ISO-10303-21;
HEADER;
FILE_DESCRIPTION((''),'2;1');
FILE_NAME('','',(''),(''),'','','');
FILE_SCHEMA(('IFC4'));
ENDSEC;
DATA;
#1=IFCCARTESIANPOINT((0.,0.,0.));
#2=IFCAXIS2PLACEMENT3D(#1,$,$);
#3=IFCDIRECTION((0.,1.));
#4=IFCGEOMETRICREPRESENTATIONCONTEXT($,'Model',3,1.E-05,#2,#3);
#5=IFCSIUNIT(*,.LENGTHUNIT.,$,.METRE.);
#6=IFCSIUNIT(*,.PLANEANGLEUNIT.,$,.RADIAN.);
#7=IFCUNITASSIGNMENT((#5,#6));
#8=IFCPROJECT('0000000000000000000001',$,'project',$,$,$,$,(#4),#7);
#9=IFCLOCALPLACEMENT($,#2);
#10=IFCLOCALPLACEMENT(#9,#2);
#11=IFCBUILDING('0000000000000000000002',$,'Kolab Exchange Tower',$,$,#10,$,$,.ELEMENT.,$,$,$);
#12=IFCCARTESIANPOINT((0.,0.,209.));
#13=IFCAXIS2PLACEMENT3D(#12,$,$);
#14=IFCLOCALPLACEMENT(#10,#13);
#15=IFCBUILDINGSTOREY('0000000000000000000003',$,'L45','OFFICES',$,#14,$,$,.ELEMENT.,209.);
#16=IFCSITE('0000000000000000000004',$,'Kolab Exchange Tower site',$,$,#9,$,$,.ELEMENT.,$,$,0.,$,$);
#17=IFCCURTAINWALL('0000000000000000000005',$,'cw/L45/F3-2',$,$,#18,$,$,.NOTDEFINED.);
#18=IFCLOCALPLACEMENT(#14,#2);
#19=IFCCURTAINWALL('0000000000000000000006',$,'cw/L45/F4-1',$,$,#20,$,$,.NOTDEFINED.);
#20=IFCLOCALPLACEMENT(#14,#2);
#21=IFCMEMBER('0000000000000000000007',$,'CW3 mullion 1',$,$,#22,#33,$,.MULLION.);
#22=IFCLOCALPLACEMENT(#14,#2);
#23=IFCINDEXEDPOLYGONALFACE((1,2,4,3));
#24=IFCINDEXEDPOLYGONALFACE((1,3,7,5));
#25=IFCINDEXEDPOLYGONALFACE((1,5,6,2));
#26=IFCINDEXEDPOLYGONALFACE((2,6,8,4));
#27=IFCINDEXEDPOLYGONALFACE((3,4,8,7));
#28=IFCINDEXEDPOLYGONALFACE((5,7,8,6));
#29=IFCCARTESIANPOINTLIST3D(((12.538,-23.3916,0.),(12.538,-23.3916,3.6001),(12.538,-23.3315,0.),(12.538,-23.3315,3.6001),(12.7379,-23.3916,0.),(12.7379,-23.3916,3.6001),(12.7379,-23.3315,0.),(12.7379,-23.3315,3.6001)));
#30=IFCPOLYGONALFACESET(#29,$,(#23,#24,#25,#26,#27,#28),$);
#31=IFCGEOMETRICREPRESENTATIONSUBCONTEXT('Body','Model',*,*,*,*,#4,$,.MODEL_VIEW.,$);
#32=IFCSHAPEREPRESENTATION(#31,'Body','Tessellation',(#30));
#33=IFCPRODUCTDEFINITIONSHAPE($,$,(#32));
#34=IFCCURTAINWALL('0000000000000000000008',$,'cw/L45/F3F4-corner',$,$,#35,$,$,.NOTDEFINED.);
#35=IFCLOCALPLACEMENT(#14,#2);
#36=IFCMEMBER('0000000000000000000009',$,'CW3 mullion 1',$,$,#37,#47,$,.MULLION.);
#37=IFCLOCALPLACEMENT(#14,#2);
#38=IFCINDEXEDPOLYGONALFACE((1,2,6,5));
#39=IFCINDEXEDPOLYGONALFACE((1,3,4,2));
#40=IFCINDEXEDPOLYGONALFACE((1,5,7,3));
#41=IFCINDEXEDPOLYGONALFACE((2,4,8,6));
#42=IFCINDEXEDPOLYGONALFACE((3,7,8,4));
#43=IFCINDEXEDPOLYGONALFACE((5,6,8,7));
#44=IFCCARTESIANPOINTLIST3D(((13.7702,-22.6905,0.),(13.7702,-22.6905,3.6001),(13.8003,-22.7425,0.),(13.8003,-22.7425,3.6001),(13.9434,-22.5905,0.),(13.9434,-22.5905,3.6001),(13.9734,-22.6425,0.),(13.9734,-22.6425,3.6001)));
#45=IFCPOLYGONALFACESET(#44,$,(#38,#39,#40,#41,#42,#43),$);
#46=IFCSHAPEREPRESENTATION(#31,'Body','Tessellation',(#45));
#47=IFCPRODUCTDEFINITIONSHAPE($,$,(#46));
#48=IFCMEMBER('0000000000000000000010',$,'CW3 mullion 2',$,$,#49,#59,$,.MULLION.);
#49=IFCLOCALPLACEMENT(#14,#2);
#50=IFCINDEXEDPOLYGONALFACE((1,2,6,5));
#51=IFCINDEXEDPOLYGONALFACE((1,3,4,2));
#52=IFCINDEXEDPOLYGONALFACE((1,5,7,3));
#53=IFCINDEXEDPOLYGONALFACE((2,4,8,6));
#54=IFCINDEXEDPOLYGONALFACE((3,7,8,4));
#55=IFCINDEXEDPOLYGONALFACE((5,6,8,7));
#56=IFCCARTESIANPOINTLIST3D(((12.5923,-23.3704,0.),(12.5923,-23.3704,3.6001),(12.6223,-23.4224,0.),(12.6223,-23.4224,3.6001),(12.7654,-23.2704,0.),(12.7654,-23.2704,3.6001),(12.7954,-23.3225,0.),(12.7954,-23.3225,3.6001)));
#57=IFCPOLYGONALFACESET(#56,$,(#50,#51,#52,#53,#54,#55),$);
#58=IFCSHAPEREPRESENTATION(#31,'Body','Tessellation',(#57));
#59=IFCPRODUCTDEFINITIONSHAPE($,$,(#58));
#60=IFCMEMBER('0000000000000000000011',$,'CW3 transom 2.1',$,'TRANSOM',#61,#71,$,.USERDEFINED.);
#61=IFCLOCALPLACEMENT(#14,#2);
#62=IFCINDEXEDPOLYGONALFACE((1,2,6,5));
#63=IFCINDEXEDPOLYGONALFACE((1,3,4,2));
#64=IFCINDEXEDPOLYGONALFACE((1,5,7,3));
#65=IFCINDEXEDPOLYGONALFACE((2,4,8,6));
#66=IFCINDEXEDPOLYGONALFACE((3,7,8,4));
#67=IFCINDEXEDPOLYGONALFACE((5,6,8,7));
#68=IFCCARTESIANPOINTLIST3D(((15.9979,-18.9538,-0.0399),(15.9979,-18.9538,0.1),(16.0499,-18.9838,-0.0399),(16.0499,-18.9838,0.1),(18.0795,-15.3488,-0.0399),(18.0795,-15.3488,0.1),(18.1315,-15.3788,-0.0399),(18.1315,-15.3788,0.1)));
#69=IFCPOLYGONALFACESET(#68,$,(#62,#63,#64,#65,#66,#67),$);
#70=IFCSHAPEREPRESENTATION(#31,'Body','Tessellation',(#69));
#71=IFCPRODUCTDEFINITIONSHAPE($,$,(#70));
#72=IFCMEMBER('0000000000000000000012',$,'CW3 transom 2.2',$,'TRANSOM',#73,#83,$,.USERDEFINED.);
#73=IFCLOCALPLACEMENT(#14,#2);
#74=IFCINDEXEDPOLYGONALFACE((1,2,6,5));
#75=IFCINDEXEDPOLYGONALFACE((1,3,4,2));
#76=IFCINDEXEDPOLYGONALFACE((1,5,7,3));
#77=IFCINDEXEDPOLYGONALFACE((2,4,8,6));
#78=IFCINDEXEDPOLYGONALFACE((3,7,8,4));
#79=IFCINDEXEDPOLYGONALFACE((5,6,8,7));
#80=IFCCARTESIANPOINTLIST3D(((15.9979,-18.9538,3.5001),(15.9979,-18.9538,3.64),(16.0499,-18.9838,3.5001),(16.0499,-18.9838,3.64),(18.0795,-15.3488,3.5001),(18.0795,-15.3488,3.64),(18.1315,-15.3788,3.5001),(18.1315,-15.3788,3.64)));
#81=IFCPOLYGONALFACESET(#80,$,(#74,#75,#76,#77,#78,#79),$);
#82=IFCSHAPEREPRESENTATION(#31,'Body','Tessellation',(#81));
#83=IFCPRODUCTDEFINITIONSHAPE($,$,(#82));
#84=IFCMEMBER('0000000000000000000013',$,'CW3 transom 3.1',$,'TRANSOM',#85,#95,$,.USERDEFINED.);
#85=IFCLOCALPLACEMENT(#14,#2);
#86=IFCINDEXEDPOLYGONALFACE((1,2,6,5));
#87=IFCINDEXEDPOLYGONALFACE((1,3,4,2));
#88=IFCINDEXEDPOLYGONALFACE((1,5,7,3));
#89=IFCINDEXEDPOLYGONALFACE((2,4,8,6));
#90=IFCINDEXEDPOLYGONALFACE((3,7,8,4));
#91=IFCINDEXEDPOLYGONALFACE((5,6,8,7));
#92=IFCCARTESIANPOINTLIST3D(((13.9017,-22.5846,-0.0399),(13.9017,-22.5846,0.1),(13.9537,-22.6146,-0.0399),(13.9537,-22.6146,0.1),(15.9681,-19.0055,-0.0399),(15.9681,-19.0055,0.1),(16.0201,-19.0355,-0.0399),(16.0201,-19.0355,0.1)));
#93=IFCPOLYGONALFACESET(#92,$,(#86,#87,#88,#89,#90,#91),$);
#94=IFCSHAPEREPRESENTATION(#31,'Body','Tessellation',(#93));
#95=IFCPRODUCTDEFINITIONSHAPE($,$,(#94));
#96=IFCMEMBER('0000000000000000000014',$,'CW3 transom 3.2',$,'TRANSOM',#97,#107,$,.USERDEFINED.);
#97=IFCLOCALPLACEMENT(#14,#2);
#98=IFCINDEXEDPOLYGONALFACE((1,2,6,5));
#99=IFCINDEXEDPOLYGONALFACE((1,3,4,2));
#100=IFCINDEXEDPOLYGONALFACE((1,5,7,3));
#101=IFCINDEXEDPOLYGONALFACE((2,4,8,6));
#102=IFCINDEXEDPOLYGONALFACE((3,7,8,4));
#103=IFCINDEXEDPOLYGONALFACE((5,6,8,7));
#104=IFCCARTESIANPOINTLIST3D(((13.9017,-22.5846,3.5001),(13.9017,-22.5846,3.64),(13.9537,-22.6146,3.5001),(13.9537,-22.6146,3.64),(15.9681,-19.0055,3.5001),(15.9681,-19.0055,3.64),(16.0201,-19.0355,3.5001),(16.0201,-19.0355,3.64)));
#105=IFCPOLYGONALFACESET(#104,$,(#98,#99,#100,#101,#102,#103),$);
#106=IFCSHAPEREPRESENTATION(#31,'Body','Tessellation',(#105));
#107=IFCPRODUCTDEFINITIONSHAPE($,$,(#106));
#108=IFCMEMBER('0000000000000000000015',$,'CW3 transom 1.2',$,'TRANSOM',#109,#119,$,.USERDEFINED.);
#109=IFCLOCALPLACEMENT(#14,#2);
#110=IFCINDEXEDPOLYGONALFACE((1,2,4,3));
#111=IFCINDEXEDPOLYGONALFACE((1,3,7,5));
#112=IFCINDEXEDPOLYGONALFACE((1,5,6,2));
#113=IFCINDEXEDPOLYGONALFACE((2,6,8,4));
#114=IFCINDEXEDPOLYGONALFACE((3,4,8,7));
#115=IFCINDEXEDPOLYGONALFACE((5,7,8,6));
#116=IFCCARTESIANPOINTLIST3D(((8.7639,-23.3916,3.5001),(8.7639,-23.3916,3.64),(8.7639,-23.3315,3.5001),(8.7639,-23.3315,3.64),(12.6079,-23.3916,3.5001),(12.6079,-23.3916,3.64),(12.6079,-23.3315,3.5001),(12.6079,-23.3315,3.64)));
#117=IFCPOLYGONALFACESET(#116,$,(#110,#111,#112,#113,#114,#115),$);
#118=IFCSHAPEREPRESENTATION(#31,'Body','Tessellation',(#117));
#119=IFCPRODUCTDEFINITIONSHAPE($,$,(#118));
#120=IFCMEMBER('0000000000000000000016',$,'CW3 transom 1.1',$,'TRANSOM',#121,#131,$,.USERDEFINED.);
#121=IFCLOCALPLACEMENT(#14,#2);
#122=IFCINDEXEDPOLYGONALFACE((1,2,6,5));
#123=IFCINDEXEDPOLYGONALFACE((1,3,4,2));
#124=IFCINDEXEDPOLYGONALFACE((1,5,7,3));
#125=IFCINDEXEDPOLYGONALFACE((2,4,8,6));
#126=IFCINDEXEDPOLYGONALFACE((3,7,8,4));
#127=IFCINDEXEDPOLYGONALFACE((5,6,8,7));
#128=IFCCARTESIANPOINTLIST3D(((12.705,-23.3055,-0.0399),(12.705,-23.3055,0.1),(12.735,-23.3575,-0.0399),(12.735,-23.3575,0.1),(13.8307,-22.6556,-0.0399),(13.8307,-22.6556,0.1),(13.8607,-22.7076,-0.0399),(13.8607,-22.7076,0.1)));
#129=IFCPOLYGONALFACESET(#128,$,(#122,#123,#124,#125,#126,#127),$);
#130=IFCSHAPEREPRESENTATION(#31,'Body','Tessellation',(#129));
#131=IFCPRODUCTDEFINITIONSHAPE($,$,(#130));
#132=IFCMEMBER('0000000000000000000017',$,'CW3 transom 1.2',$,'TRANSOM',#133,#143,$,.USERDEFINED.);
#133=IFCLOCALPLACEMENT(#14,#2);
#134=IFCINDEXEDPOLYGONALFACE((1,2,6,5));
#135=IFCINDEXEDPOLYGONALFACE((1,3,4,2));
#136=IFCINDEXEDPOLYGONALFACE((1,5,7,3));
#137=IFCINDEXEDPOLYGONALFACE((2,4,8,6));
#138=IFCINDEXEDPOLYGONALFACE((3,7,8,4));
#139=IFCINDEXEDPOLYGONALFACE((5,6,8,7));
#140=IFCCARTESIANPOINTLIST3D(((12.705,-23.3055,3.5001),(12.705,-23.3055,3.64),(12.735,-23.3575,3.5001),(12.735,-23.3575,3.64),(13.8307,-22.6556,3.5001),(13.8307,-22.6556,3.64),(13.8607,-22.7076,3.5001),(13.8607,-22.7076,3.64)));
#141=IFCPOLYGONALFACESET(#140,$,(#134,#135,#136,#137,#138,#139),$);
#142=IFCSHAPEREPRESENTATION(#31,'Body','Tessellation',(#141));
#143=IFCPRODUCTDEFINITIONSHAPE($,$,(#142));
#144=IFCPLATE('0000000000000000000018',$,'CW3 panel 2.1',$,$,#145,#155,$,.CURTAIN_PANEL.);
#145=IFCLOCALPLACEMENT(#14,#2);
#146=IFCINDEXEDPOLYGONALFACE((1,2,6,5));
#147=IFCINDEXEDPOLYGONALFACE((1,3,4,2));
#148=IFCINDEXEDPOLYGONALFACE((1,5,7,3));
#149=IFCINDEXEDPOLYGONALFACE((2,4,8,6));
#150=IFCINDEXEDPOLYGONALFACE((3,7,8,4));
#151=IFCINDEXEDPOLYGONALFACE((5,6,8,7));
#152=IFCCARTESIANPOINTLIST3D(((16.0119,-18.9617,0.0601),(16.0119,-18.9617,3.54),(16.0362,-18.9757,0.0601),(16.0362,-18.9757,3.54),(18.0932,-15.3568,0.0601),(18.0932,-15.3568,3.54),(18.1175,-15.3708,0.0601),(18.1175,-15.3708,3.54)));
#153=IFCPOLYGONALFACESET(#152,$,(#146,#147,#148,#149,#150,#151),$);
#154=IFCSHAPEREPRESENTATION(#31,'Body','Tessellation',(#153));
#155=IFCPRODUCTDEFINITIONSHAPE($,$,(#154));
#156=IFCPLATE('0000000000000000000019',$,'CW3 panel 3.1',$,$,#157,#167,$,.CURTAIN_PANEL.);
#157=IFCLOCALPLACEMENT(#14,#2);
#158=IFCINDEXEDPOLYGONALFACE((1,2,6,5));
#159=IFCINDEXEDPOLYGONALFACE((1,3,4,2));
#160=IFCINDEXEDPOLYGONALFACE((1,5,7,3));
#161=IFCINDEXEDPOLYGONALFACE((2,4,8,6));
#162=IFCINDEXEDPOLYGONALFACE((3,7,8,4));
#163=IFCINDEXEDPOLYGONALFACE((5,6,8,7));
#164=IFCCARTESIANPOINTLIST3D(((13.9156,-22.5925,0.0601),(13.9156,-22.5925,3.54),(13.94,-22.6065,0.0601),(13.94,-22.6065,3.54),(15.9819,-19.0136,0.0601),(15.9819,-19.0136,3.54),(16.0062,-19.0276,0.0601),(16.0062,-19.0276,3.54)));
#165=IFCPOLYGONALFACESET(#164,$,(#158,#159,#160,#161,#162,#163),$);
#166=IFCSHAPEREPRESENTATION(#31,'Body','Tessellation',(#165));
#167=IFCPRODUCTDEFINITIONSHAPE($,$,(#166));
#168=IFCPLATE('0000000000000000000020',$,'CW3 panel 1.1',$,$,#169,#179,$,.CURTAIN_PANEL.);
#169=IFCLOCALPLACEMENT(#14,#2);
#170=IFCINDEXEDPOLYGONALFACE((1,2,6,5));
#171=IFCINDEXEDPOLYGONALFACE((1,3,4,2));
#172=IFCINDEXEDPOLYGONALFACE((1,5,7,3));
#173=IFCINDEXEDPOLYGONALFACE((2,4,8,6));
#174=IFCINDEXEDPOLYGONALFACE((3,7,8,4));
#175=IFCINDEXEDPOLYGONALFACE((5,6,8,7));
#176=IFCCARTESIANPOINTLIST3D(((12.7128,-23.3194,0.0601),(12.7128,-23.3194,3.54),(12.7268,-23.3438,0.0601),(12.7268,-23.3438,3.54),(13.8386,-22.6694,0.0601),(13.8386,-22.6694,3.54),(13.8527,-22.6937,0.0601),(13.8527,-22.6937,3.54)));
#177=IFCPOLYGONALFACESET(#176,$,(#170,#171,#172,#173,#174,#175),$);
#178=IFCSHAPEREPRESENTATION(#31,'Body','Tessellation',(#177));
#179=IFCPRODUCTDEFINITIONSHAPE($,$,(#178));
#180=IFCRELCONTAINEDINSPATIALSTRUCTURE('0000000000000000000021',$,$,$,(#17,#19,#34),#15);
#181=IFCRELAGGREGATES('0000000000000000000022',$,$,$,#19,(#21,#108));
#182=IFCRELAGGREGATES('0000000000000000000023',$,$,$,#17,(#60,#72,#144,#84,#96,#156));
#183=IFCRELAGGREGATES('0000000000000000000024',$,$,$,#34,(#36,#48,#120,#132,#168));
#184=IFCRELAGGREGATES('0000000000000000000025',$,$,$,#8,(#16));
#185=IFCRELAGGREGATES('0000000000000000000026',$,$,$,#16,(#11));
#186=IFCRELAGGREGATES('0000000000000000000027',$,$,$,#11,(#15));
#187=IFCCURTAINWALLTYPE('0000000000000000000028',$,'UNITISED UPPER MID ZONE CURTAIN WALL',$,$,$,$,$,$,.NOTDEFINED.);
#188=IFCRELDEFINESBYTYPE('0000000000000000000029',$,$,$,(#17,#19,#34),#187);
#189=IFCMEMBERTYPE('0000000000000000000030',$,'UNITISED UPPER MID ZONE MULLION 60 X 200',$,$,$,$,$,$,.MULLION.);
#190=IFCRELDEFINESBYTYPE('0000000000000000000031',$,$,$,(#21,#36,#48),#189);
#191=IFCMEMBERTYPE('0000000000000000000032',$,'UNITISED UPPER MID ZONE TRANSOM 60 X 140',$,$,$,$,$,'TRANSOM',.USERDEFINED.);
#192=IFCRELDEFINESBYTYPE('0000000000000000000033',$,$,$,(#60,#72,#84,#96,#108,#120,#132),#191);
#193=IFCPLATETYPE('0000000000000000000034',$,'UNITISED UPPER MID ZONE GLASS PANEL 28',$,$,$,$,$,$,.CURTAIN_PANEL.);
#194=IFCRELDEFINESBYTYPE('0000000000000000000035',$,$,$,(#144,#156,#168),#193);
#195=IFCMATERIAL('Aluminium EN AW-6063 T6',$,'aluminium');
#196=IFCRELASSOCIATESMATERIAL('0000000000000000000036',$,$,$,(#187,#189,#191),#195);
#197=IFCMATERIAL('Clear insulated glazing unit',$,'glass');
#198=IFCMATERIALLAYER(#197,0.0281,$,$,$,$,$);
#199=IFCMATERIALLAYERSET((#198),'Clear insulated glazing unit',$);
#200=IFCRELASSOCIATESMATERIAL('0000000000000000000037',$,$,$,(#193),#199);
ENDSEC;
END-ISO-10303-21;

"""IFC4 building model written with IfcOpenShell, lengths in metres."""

from ifc_helpers import new_model, si_unit, direction, frame, origin, origin_2d, place, context, subcontext, project, spatial, rectangle, extrude, material, layer, layer_set, material_profile, profile_set, type_object, element, aggregate, save


model = new_model("IFC4")

# Units and contexts
model_context = context("Model", 3, precision=1e-05, world=origin(), true_north=direction((0.0, 1.0)))
body_context = subcontext(model_context, "Body", "Model", "MODEL_VIEW")
ifc_project = project(units=[si_unit("LENGTHUNIT", "METRE"), si_unit("PLANEANGLEUNIT", "RADIAN")], contexts=[model_context])

# Site, building, storey
site_placement = place(None, origin())
site = spatial("IfcSite", under=ifc_project, at=site_placement, Name="Kolab Exchange Tower site", CompositionType="ELEMENT", RefElevation=0.0)
building_placement = place(site_placement, origin())
building = spatial("IfcBuilding", under=site, at=building_placement, Name="Kolab Exchange Tower", CompositionType="ELEMENT")
storey_placement = place(building_placement, frame((0.0, 0.0, 209.0)))
storey = spatial("IfcBuildingStorey", under=building, at=storey_placement, Name="L45", Description="OFFICES", CompositionType="ELEMENT", Elevation=209.0)

# Curtain wall
ifc_material_1 = material(Name="Aluminium EN AW-6063 T6", Category="aluminium")
curtain_wall_type = type_object("IfcCurtainWallType", Name="UNITISED UPPER MID ZONE CURTAIN WALL", PredefinedType="NOTDEFINED", material=ifc_material_1)
curtain_wall_1_placement = place(storey_placement, origin())
curtain_wall_1 = element("IfcCurtainWall", 1, at=curtain_wall_1_placement, inside=storey, type_object=curtain_wall_type, Name="cw/L45/F3-2", PredefinedType="NOTDEFINED")
ifc_material_profile_1 = material_profile(ifc_material_1, rectangle(XDim=0.0601, YDim=0.2, at=origin_2d()), Name="RECT 60X200")
ifc_profile_set_1 = profile_set([ifc_material_profile_1], Name="Aluminium EN AW-6063 T6")
member_type_1 = type_object("IfcMemberType", Name="UNITISED UPPER MID ZONE MULLION 60 X 200", PredefinedType="MULLION", material=ifc_profile_set_1)

# Curtain wall, member
curtain_wall_2_placement = place(storey_placement, origin())
curtain_wall_2 = element("IfcCurtainWall", 2, at=curtain_wall_2_placement, inside=storey, type_object=curtain_wall_type, Name="cw/L45/F4-1", PredefinedType="NOTDEFINED")
member_1_placement = place(storey_placement, frame((12.6379, -23.3616, 0.0), z_axis=(0.0, 0.0, 1.0), x_axis=(0.0, -1.0, 0.0)))
member_1 = element("IfcMember", 3, at=member_1_placement, type_object=member_type_1, Name="CW3 mullion 1", PredefinedType="MULLION", context=body_context, shape_type="SweptSolid", body=[
    extrude(rectangle(XDim=0.0601, YDim=0.2, at=origin_2d()), origin(), (0.0, 0.0, 1.0), 3.6001),
])

# Curtain wall, members
curtain_wall_3_placement = place(storey_placement, origin())
curtain_wall_3 = element("IfcCurtainWall", 4, at=curtain_wall_3_placement, inside=storey, type_object=curtain_wall_type, Name="cw/L45/F3F4-corner", PredefinedType="NOTDEFINED")
member_2_placement = place(storey_placement, frame((13.8718, -22.6665, 0.0), z_axis=(0.0, 0.0, 1.0), x_axis=(0.5, -0.866025, 0.0)))
member_2 = element("IfcMember", 5, at=member_2_placement, type_object=member_type_1, Name="CW3 mullion 1", PredefinedType="MULLION", context=body_context, shape_type="SweptSolid", body=[
    extrude(rectangle(XDim=0.0601, YDim=0.2, at=origin_2d()), origin(), (0.0, 0.0, 1.0), 3.6001),
])
member_3_placement = place(storey_placement, frame((12.6938, -23.3464, 0.0), z_axis=(0.0, 0.0, 1.0), x_axis=(0.5, -0.866025, 0.0)))
member_3 = element("IfcMember", 6, at=member_3_placement, type_object=member_type_1, Name="CW3 mullion 2", PredefinedType="MULLION", context=body_context, shape_type="SweptSolid", body=[
    extrude(rectangle(XDim=0.0601, YDim=0.2, at=origin_2d()), origin(), (0.0, 0.0, 1.0), 3.6001),
])

# Members
ifc_material_profile_2 = material_profile(ifc_material_1, rectangle(XDim=0.0601, YDim=0.1399, at=origin_2d()), Name="RECT 60X140")
ifc_profile_set_2 = profile_set([ifc_material_profile_2], Name="Aluminium EN AW-6063 T6")
member_type_2 = type_object("IfcMemberType", Name="UNITISED UPPER MID ZONE TRANSOM 60 X 140", ElementType="TRANSOM", PredefinedType="USERDEFINED", material=ifc_profile_set_2)
member_4_placement = place(storey_placement, frame((18.1055, -15.3638, 0.03), z_axis=(-0.500037, -0.866004, 0.0), x_axis=(0.866004, -0.500037, 0.0)))
member_4 = element("IfcMember", 7, at=member_4_placement, type_object=member_type_2, Name="CW3 transom 2.1", ObjectType="TRANSOM", PredefinedType="USERDEFINED", context=body_context, shape_type="SweptSolid", body=[
    extrude(rectangle(XDim=0.0601, YDim=0.1399, at=origin_2d()), origin(), (0.0, 0.0, 1.0), 4.1628),
])
member_5_placement = place(storey_placement, frame((18.1055, -15.3638, 3.5701), z_axis=(-0.500037, -0.866004, 0.0), x_axis=(0.866004, -0.500037, 0.0)))
member_5 = element("IfcMember", 8, at=member_5_placement, type_object=member_type_2, Name="CW3 transom 2.2", ObjectType="TRANSOM", PredefinedType="USERDEFINED", context=body_context, shape_type="SweptSolid", body=[
    extrude(rectangle(XDim=0.0601, YDim=0.1399, at=origin_2d()), origin(), (0.0, 0.0, 1.0), 4.1628),
])
member_6_placement = place(storey_placement, frame((15.9941, -19.0205, 0.03), z_axis=(-0.500002, -0.866024, 0.0), x_axis=(0.866024, -0.500002, 0.0)))
member_6 = element("IfcMember", 9, at=member_6_placement, type_object=member_type_2, Name="CW3 transom 3.1", ObjectType="TRANSOM", PredefinedType="USERDEFINED", context=body_context, shape_type="SweptSolid", body=[
    extrude(rectangle(XDim=0.0601, YDim=0.1399, at=origin_2d()), origin(), (0.0, 0.0, 1.0), 4.1328),
])
member_7_placement = place(storey_placement, frame((15.9941, -19.0205, 3.5701), z_axis=(-0.500002, -0.866024, 0.0), x_axis=(0.866024, -0.500002, 0.0)))
member_7 = element("IfcMember", 10, at=member_7_placement, type_object=member_type_2, Name="CW3 transom 3.2", ObjectType="TRANSOM", PredefinedType="USERDEFINED", context=body_context, shape_type="SweptSolid", body=[
    extrude(rectangle(XDim=0.0601, YDim=0.1399, at=origin_2d()), origin(), (0.0, 0.0, 1.0), 4.1328),
])
member_8_placement = place(storey_placement, frame((12.6079, -23.3616, 3.5701), z_axis=(-1.0, 0.0, 0.0), x_axis=(0.0, -1.0, 0.0)))
member_8 = element("IfcMember", 11, at=member_8_placement, type_object=member_type_2, Name="CW3 transom 1.2", ObjectType="TRANSOM", PredefinedType="USERDEFINED", context=body_context, shape_type="SweptSolid", body=[
    extrude(rectangle(XDim=0.0601, YDim=0.1399, at=origin_2d()), origin(), (0.0, 0.0, 1.0), 3.844),
])
aggregate(curtain_wall_2, [member_1, member_8])
member_9_placement = place(storey_placement, frame((13.8457, -22.6816, 0.03), z_axis=(-0.866039, -0.499977, 0.0), x_axis=(0.499977, -0.866039, 0.0)))
member_9 = element("IfcMember", 12, at=member_9_placement, type_object=member_type_2, Name="CW3 transom 1.1", ObjectType="TRANSOM", PredefinedType="USERDEFINED", context=body_context, shape_type="SweptSolid", body=[
    extrude(rectangle(XDim=0.0601, YDim=0.1399, at=origin_2d()), origin(), (0.0, 0.0, 1.0), 1.2998),
])
member_10_placement = place(storey_placement, frame((13.8457, -22.6816, 3.5701), z_axis=(-0.866039, -0.499977, 0.0), x_axis=(0.499977, -0.866039, 0.0)))
member_10 = element("IfcMember", 13, at=member_10_placement, type_object=member_type_2, Name="CW3 transom 1.2", ObjectType="TRANSOM", PredefinedType="USERDEFINED", context=body_context, shape_type="SweptSolid", body=[
    extrude(rectangle(XDim=0.0601, YDim=0.1399, at=origin_2d()), origin(), (0.0, 0.0, 1.0), 1.2998),
])

# Plates
ifc_material_2 = material(Name="Clear insulated glazing unit", Category="glass")
ifc_layer = layer(ifc_material_2, 0.0281)
ifc_layer_set = layer_set([ifc_layer], Name="Clear insulated glazing unit")
plate_type = type_object("IfcPlateType", Name="UNITISED UPPER MID ZONE GLASS PANEL 28", PredefinedType="CURTAIN_PANEL", material=ifc_layer_set)
plate_1_placement = place(storey_placement, frame((17.0647, -17.1663, 0.0601), z_axis=(0.0, 0.0, 1.0), x_axis=(-0.5, -0.866025, 0.0)))
plate_1 = element("IfcPlate", 14, at=plate_1_placement, type_object=plate_type, Name="CW3 panel 2.1", PredefinedType="CURTAIN_PANEL", context=body_context, shape_type="SweptSolid", body=[
    extrude(rectangle(XDim=4.1626, YDim=0.0281, at=origin_2d()), origin(), (0.0, 0.0, 1.0), 3.48),
])
plate_2_placement = place(storey_placement, frame((14.9609, -20.8101, 0.0601), z_axis=(0.0, 0.0, 1.0), x_axis=(-0.5, -0.866025, 0.0)))
plate_2 = element("IfcPlate", 15, at=plate_2_placement, type_object=plate_type, Name="CW3 panel 3.1", PredefinedType="CURTAIN_PANEL", context=body_context, shape_type="SweptSolid", body=[
    extrude(rectangle(XDim=4.1326, YDim=0.0281, at=origin_2d()), origin(), (0.0, 0.0, 1.0), 3.48),
])
aggregate(curtain_wall_1, [member_4, member_5, plate_1, member_6, member_7, plate_2])
plate_3_placement = place(storey_placement, frame((13.2827, -23.0066, 0.0601), z_axis=(0.0, 0.0, 1.0), x_axis=(-0.866025, -0.5, 0.0)))
plate_3 = element("IfcPlate", 16, at=plate_3_placement, type_object=plate_type, Name="CW3 panel 1.1", PredefinedType="CURTAIN_PANEL", context=body_context, shape_type="SweptSolid", body=[
    extrude(rectangle(XDim=1.3, YDim=0.0281, at=origin_2d()), origin(), (0.0, 0.0, 1.0), 3.48),
])
aggregate(curtain_wall_3, [member_2, member_3, member_9, member_10, plate_3])

save(model, "model.ifc")
